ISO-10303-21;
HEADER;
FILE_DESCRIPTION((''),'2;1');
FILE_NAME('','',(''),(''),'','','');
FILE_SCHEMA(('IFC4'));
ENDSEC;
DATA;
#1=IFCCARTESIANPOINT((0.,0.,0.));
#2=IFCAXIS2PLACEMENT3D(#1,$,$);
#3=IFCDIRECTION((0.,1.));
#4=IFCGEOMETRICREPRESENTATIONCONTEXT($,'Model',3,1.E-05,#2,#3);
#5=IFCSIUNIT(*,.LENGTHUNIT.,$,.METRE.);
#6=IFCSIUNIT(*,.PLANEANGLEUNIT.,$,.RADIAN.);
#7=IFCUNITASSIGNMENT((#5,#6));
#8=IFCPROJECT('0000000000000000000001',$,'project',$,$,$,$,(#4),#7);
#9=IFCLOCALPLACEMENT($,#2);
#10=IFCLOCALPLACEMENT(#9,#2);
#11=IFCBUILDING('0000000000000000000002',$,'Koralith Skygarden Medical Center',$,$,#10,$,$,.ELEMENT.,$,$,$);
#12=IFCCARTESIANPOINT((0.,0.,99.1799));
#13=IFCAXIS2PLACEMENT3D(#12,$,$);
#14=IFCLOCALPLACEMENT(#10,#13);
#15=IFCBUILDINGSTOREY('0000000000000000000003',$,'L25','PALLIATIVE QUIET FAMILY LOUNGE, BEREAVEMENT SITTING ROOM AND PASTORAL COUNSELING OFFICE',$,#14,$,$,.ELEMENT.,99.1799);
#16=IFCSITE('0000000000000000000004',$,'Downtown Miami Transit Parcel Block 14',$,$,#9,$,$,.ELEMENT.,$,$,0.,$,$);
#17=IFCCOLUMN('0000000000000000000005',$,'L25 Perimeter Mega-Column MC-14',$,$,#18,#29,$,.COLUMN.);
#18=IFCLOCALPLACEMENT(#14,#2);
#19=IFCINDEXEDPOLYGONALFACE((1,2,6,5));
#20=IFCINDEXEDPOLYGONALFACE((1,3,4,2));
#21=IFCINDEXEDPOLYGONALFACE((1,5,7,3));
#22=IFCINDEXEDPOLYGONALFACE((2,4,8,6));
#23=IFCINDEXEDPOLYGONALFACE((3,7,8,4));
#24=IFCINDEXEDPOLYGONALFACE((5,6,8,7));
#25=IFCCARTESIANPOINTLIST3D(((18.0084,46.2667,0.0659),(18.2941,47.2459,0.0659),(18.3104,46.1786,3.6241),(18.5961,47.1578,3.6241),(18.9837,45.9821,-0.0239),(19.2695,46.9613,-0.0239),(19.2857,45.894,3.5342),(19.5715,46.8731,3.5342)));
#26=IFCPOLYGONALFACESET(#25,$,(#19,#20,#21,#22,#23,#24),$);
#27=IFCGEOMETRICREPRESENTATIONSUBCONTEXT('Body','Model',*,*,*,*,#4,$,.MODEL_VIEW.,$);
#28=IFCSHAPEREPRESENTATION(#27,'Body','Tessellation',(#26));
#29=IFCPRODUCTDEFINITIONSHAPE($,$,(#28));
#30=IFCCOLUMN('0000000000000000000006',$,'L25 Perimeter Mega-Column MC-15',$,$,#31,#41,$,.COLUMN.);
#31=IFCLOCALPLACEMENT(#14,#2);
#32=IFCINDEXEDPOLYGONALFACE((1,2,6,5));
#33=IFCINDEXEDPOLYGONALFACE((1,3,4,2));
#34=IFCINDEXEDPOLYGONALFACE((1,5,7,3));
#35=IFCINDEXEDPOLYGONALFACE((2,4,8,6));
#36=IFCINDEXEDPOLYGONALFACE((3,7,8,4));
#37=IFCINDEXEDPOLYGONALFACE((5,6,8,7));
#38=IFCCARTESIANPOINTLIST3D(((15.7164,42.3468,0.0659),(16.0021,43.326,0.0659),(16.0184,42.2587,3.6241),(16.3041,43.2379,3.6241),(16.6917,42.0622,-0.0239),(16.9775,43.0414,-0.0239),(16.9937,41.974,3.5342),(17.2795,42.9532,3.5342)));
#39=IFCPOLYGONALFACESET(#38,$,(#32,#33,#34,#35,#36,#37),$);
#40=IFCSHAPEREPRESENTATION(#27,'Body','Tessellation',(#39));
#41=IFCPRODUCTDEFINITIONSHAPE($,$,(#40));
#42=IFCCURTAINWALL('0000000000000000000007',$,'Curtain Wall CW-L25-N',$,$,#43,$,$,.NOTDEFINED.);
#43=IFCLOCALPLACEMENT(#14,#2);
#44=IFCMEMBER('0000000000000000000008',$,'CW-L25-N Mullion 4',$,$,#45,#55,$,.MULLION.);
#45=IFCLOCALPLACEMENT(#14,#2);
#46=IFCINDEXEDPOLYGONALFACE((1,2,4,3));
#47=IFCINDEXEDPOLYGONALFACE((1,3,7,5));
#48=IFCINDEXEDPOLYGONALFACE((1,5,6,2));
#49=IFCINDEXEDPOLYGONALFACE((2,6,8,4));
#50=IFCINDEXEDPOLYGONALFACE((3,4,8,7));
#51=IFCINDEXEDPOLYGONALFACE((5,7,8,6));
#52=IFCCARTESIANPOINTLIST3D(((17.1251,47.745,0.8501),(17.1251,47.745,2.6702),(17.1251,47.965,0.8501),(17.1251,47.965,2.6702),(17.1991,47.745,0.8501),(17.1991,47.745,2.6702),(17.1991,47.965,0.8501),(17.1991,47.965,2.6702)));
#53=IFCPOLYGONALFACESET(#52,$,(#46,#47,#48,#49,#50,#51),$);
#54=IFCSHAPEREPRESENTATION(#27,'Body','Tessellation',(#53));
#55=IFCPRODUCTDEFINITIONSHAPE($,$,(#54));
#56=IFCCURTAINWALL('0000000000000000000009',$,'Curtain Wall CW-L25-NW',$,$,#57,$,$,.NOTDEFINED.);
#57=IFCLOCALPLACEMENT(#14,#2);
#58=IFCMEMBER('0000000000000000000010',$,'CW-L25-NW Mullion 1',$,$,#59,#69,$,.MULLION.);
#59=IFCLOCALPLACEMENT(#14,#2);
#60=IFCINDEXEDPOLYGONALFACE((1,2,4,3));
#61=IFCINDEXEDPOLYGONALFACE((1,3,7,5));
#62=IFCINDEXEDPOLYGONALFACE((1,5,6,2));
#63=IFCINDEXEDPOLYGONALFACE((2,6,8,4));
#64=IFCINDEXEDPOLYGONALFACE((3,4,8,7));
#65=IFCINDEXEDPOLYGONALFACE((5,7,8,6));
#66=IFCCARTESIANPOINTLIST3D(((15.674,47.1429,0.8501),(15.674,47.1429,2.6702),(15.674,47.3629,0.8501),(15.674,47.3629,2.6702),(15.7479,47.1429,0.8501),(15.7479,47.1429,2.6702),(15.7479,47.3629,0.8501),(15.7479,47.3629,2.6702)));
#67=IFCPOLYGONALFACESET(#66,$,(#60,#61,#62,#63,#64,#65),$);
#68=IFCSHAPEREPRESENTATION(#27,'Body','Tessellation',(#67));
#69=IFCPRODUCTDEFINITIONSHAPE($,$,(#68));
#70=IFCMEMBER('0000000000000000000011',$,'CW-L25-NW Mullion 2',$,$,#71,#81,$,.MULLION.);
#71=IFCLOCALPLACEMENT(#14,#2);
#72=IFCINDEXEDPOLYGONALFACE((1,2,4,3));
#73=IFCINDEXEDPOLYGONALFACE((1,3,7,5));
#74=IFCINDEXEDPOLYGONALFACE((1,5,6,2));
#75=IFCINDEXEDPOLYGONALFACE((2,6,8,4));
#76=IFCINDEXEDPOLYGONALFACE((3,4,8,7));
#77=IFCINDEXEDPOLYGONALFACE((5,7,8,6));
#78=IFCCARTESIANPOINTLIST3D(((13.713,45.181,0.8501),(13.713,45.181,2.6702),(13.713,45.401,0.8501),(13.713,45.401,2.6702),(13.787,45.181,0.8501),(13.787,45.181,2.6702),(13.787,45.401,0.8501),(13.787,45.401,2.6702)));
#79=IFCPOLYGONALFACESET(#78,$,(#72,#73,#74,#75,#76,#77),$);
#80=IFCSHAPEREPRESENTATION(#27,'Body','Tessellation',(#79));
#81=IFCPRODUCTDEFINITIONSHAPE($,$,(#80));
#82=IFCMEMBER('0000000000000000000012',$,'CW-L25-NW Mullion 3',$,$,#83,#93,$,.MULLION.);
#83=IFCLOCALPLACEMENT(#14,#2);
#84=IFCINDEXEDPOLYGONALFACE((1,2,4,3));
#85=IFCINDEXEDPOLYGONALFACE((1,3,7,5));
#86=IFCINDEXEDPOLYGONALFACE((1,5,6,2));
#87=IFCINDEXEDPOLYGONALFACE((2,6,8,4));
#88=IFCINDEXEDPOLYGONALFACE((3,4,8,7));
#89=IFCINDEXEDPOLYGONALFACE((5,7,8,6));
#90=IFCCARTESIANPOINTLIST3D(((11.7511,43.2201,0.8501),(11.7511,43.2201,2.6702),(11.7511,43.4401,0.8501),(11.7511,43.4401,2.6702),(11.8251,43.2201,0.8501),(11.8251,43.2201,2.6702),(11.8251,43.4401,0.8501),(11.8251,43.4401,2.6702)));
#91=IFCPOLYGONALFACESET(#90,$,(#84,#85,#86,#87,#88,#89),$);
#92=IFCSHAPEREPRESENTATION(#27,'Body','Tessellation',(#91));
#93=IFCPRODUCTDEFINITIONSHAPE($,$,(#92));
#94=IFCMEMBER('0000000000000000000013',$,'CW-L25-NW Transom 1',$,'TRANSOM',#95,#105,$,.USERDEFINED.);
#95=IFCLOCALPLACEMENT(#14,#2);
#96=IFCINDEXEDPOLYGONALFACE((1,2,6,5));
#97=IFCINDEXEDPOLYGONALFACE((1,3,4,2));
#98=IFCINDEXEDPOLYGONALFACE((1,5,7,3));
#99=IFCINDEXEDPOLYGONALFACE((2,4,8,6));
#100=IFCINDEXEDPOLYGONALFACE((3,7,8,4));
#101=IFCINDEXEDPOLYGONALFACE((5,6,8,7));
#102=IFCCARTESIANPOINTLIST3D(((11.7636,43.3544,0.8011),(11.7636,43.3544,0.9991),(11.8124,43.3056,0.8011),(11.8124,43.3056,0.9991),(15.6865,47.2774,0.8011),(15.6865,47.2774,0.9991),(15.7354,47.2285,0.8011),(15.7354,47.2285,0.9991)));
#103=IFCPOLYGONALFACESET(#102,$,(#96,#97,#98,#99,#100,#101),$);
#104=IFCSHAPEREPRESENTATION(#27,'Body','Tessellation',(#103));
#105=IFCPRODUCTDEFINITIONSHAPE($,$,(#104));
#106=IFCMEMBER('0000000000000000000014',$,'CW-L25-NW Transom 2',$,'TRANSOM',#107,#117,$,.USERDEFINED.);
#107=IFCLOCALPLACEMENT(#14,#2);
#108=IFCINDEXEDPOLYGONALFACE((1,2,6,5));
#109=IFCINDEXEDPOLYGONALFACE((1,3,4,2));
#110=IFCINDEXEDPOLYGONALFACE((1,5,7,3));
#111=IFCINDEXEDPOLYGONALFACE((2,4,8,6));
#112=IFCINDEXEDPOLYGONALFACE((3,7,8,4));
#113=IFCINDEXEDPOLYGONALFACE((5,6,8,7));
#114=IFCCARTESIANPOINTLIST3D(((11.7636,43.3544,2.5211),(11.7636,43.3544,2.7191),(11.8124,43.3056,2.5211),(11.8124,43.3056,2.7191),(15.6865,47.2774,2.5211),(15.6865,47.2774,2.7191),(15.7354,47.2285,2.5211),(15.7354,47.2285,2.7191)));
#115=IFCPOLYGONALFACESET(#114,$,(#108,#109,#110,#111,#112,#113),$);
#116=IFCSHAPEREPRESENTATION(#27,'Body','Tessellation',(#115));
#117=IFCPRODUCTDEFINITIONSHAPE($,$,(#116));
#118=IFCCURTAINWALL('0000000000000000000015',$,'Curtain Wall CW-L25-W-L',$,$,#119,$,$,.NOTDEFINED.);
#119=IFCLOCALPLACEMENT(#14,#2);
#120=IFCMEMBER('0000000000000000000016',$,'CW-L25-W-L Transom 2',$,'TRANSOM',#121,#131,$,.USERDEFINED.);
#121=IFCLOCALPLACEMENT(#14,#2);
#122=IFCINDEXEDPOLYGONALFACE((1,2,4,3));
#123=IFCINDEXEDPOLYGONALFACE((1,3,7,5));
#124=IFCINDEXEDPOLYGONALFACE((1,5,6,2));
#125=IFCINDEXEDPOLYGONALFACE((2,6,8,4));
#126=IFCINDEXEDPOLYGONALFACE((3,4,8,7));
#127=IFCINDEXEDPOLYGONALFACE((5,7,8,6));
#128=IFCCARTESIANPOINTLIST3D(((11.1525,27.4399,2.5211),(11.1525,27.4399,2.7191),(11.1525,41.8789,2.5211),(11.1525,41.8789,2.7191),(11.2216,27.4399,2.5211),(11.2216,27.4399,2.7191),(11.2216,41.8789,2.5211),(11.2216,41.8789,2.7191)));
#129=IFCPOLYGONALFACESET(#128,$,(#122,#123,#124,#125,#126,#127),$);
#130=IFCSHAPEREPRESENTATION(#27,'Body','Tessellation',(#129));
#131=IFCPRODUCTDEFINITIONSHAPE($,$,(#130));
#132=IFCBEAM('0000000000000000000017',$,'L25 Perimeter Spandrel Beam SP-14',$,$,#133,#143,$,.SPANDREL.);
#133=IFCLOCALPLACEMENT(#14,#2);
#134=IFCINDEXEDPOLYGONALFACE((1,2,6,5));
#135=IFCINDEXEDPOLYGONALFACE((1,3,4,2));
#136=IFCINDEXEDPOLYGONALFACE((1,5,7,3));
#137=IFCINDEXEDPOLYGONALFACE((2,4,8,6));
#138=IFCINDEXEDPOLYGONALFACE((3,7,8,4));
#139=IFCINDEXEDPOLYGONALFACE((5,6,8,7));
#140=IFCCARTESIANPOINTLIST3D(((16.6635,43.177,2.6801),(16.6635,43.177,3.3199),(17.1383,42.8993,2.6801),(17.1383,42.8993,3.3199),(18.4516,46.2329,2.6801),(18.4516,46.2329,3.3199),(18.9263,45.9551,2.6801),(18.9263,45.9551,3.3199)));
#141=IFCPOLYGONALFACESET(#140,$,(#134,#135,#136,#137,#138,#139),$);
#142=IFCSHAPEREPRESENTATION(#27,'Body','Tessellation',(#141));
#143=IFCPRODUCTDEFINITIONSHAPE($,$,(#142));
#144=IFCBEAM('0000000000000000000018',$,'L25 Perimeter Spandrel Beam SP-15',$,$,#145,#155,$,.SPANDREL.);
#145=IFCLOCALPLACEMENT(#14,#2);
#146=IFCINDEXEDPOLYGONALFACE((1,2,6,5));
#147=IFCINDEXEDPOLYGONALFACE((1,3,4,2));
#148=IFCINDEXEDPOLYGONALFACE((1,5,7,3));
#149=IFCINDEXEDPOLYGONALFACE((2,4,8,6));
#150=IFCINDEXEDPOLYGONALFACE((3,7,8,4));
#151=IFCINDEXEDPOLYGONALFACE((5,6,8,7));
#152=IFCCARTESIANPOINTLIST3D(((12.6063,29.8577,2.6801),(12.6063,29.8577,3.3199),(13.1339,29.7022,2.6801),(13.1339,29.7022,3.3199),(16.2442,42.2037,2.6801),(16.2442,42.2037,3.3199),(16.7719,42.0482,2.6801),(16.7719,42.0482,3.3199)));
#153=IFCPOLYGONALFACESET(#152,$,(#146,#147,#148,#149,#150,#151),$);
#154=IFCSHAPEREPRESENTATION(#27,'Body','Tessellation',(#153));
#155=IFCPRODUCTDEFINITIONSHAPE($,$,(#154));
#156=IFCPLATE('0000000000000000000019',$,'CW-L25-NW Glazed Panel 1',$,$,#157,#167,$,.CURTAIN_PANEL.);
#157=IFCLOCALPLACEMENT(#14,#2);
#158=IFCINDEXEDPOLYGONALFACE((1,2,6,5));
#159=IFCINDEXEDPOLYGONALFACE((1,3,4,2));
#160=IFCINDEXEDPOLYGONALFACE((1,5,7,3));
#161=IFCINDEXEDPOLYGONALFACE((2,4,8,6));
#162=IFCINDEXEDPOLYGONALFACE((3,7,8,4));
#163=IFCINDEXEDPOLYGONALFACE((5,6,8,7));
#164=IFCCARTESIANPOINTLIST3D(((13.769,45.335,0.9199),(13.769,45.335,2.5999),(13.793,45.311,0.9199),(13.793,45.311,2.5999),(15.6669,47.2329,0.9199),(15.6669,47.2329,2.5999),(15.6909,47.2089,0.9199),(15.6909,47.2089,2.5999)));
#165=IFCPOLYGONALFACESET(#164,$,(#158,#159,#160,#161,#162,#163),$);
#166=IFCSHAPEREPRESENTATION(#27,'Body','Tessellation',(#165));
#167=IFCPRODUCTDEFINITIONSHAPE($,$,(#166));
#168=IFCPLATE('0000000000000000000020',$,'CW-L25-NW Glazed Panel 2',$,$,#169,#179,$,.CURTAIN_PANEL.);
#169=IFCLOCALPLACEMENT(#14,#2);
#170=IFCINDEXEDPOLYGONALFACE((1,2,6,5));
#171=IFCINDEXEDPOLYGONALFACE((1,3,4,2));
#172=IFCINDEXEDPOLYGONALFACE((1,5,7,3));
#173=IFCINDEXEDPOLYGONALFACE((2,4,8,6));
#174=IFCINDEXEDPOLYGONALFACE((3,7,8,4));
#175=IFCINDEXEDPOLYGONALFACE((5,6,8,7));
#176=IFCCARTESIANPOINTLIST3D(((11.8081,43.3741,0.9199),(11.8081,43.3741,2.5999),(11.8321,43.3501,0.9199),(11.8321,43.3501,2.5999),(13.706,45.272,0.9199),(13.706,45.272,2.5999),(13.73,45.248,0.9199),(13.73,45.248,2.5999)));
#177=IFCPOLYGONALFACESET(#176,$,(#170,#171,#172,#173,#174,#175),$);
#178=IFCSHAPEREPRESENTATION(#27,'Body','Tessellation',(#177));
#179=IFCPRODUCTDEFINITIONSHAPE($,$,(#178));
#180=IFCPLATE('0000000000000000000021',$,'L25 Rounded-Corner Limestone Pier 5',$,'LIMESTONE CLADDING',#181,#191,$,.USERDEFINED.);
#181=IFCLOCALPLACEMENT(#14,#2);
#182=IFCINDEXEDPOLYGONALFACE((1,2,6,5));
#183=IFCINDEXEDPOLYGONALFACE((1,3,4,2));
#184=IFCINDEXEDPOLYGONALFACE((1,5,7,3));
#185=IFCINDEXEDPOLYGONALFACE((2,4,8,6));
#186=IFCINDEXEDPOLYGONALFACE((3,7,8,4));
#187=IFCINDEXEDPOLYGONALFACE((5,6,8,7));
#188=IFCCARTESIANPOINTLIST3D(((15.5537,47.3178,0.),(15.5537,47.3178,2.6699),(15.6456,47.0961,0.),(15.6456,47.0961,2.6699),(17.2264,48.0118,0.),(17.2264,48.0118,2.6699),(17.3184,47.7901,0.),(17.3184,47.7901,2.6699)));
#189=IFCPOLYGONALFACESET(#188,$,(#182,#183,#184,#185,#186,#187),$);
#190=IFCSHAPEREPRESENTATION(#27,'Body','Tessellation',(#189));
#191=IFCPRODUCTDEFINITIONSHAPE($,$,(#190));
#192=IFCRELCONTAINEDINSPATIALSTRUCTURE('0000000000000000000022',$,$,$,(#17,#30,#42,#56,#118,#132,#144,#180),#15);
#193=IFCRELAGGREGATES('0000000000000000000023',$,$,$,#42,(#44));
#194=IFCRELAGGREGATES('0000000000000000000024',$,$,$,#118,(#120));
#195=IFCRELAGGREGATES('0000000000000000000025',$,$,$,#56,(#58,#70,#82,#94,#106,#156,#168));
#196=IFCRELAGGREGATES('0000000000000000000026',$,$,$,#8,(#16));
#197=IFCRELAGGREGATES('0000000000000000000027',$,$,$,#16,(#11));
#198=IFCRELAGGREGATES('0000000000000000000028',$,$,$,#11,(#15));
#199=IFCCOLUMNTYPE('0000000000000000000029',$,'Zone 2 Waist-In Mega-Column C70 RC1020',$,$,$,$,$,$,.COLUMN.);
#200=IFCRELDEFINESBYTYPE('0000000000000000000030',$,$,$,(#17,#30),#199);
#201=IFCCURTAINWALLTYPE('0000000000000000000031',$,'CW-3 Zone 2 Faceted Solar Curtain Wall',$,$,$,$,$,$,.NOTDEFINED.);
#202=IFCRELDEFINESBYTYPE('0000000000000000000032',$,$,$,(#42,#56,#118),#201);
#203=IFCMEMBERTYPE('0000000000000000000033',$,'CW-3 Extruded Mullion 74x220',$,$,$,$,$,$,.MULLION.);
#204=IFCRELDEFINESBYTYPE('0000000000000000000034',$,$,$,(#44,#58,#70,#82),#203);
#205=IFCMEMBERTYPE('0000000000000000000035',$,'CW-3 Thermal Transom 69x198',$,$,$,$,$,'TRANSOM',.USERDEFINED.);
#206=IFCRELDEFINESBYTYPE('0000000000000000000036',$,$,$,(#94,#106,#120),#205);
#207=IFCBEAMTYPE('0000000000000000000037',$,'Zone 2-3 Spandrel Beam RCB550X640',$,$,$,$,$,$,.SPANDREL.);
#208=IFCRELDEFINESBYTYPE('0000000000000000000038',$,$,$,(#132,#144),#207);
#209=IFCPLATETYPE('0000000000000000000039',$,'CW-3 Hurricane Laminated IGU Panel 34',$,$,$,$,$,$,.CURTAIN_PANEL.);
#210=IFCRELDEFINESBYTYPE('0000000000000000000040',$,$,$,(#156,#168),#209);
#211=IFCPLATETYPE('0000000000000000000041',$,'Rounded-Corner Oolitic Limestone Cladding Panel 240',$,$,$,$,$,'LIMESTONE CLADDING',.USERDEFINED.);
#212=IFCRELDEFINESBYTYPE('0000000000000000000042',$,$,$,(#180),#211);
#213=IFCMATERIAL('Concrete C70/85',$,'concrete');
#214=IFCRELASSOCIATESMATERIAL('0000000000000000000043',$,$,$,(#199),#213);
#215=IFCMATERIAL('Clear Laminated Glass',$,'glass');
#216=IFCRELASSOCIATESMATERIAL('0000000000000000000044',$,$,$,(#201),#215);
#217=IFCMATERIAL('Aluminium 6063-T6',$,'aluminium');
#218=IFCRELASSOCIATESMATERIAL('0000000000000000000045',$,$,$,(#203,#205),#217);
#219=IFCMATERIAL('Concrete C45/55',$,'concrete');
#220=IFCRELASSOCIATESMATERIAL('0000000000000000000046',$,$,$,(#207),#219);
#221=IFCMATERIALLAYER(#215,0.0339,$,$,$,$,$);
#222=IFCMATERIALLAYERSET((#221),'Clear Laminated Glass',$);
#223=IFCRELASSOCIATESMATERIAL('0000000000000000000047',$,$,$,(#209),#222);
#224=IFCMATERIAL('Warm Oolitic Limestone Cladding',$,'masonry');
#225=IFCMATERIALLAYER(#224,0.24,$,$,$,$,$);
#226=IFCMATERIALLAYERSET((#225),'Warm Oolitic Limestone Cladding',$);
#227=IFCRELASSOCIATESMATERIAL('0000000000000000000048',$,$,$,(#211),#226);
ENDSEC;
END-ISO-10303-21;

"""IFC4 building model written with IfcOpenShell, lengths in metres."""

from ifc_helpers import new_model, si_unit, direction, frame, origin, origin_2d, place, context, subcontext, project, spatial, rectangle, extrude, material, layer, layer_set, material_profile, profile_set, type_object, element, aggregate, save


model = new_model("IFC4")

# Units and contexts
model_context = context("Model", 3, precision=1e-05, world=origin(), true_north=direction((0.0, 1.0)))
body_context = subcontext(model_context, "Body", "Model", "MODEL_VIEW")
ifc_project = project(units=[si_unit("LENGTHUNIT", "METRE"), si_unit("PLANEANGLEUNIT", "RADIAN")], contexts=[model_context])

# Site, building, storey
site_placement = place(None, origin())
site = spatial("IfcSite", under=ifc_project, at=site_placement, Name="Downtown Miami Transit Parcel Block 14", CompositionType="ELEMENT", RefElevation=0.0)
building_placement = place(site_placement, origin())
building = spatial("IfcBuilding", under=site, at=building_placement, Name="Koralith Skygarden Medical Center", CompositionType="ELEMENT")
storey_placement = place(building_placement, frame((0.0, 0.0, 99.1799)))
storey = spatial("IfcBuildingStorey", under=building, at=storey_placement, Name="L25", Description="PALLIATIVE QUIET FAMILY LOUNGE, BEREAVEMENT SITTING ROOM AND PASTORAL COUNSELING OFFICE", CompositionType="ELEMENT", Elevation=99.1799)

# Columns
ifc_material_1 = material(Name="Concrete C70/85", Category="concrete")
ifc_material_profile_1 = material_profile(ifc_material_1, rectangle(XDim=1.02, YDim=1.02, at=origin_2d()), Name="RC1020X1020")
ifc_profile_set_1 = profile_set([ifc_material_profile_1], Name="Concrete C70/85")
column_type = type_object("IfcColumnType", Name="Zone 2 Waist-In Mega-Column C70 RC1020", PredefinedType="COLUMN", material=ifc_profile_set_1)
for number, where, z_axis, x_axis, name in (
    (1, (18.6389, 46.614, 0.021), (0.084547, -0.024674, 0.996114), (0.280149, 0.959957, 0.0), "L25 Perimeter Mega-Column MC-14"),
    (2, (16.3469, 42.6941, 0.021), (0.084547, -0.024674, 0.996114), (0.280149, 0.959957, 0.0), "L25 Perimeter Mega-Column MC-15"),
):
    element("IfcColumn", number, at=place(storey_placement, frame(where, z_axis=z_axis, x_axis=x_axis)), inside=storey, type_object=column_type, Name=name, PredefinedType="COLUMN", context=body_context, shape_type="SweptSolid", body=[
        extrude(rectangle(XDim=1.02, YDim=1.02, at=origin_2d()), origin(), (0.0, 0.0, 1.0), 3.572),
    ])

# Curtain wall, member
ifc_material_2 = material(Name="Clear Laminated Glass", Category="glass")
curtain_wall_type = type_object("IfcCurtainWallType", Name="CW-3 Zone 2 Faceted Solar Curtain Wall", PredefinedType="NOTDEFINED", material=ifc_material_2)
curtain_wall_1_placement = place(storey_placement, origin())
curtain_wall_1 = element("IfcCurtainWall", 3, at=curtain_wall_1_placement, inside=storey, type_object=curtain_wall_type, Name="Curtain Wall CW-L25-N", PredefinedType="NOTDEFINED")
ifc_material_3 = material(Name="Aluminium 6063-T6", Category="aluminium")
ifc_material_profile_2 = material_profile(ifc_material_3, rectangle(XDim=0.074, YDim=0.22, at=origin_2d()), Name="MUL74X220")
ifc_profile_set_2 = profile_set([ifc_material_profile_2], Name="Aluminium 6063-T6")
member_type_1 = type_object("IfcMemberType", Name="CW-3 Extruded Mullion 74x220", PredefinedType="MULLION", material=ifc_profile_set_2)
member_1_placement = place(storey_placement, frame((17.1621, 47.855, 0.8501), z_axis=(0.0, 0.0, 1.0), x_axis=(1.0, 0.0, 0.0)))
member_1 = element("IfcMember", 4, at=member_1_placement, type_object=member_type_1, Name="CW-L25-N Mullion 4", PredefinedType="MULLION", context=body_context, shape_type="SweptSolid", body=[
    extrude(rectangle(XDim=0.074, YDim=0.22, at=origin_2d()), origin(), (0.0, 0.0, 1.0), 1.8201),
])
aggregate(curtain_wall_1, [member_1])

# Curtain wall, members
curtain_wall_2_placement = place(storey_placement, origin())
curtain_wall_2 = element("IfcCurtainWall", 5, at=curtain_wall_2_placement, inside=storey, type_object=curtain_wall_type, Name="Curtain Wall CW-L25-NW", PredefinedType="NOTDEFINED")
member_2_placement = place(storey_placement, frame((15.7109, 47.2529, 0.8501), z_axis=(0.0, 0.0, 1.0), x_axis=(1.0, 0.0, 0.0)))
member_2 = element("IfcMember", 6, at=member_2_placement, type_object=member_type_1, Name="CW-L25-NW Mullion 1", PredefinedType="MULLION", context=body_context, shape_type="SweptSolid", body=[
    extrude(rectangle(XDim=0.074, YDim=0.22, at=origin_2d()), origin(), (0.0, 0.0, 1.0), 1.8201),
])
member_3_placement = place(storey_placement, frame((13.75, 45.291, 0.8501), z_axis=(0.0, 0.0, 1.0), x_axis=(1.0, 0.0, 0.0)))
member_3 = element("IfcMember", 7, at=member_3_placement, type_object=member_type_1, Name="CW-L25-NW Mullion 2", PredefinedType="MULLION", context=body_context, shape_type="SweptSolid", body=[
    extrude(rectangle(XDim=0.074, YDim=0.22, at=origin_2d()), origin(), (0.0, 0.0, 1.0), 1.8201),
])
member_4_placement = place(storey_placement, frame((11.7881, 43.3301, 0.8501), z_axis=(0.0, 0.0, 1.0), x_axis=(1.0, 0.0, 0.0)))
member_4 = element("IfcMember", 8, at=member_4_placement, type_object=member_type_1, Name="CW-L25-NW Mullion 3", PredefinedType="MULLION", context=body_context, shape_type="SweptSolid", body=[
    extrude(rectangle(XDim=0.074, YDim=0.22, at=origin_2d()), origin(), (0.0, 0.0, 1.0), 1.8201),
])
ifc_material_profile_3 = material_profile(ifc_material_3, rectangle(XDim=0.0691, YDim=0.198, at=origin_2d()), Name="TRN69X198")
ifc_profile_set_3 = profile_set([ifc_material_profile_3], Name="Aluminium 6063-T6")
member_type_2 = type_object("IfcMemberType", Name="CW-3 Thermal Transom 69x198", ElementType="TRANSOM", PredefinedType="USERDEFINED", material=ifc_profile_set_3)
member_5_placement = place(storey_placement, frame((15.7109, 47.2529, 0.9001), z_axis=(-0.707107, -0.707107, 0.0), x_axis=(0.707107, -0.707107, 0.0)))
member_5 = element("IfcMember", 9, at=member_5_placement, type_object=member_type_2, Name="CW-L25-NW Transom 1", ObjectType="TRANSOM", PredefinedType="USERDEFINED", context=body_context, shape_type="SweptSolid", body=[
    extrude(rectangle(XDim=0.0691, YDim=0.198, at=origin_2d()), origin(), (0.0, 0.0, 1.0), 5.5479),
])
member_6_placement = place(storey_placement, frame((15.7109, 47.2529, 2.6201), z_axis=(-0.707107, -0.707107, 0.0), x_axis=(0.707107, -0.707107, 0.0)))
member_6 = element("IfcMember", 10, at=member_6_placement, type_object=member_type_2, Name="CW-L25-NW Transom 2", ObjectType="TRANSOM", PredefinedType="USERDEFINED", context=body_context, shape_type="SweptSolid", body=[
    extrude(rectangle(XDim=0.0691, YDim=0.198, at=origin_2d()), origin(), (0.0, 0.0, 1.0), 5.5479),
])

# Curtain wall, member
curtain_wall_3_placement = place(storey_placement, origin())
curtain_wall_3 = element("IfcCurtainWall", 11, at=curtain_wall_3_placement, inside=storey, type_object=curtain_wall_type, Name="Curtain Wall CW-L25-W-L", PredefinedType="NOTDEFINED")
member_7_placement = place(storey_placement, frame((11.187, 41.8789, 2.6201), z_axis=(0.0, -1.0, 0.0), x_axis=(1.0, 0.0, 0.0)))
member_7 = element("IfcMember", 12, at=member_7_placement, type_object=member_type_2, Name="CW-L25-W-L Transom 2", ObjectType="TRANSOM", PredefinedType="USERDEFINED", context=body_context, shape_type="SweptSolid", body=[
    extrude(rectangle(XDim=0.0691, YDim=0.198, at=origin_2d()), origin(), (0.0, 0.0, 1.0), 14.439),
])
aggregate(curtain_wall_3, [member_7])

# Beams
ifc_material_4 = material(Name="Concrete C45/55", Category="concrete")
ifc_material_profile_4 = material_profile(ifc_material_4, rectangle(XDim=0.55, YDim=0.6399, at=origin_2d()), Name="RCB550X640")
ifc_profile_set_4 = profile_set([ifc_material_profile_4], Name="Concrete C45/55")
beam_type = type_object("IfcBeamType", Name="Zone 2-3 Spandrel Beam RCB550X640", PredefinedType="SPANDREL", material=ifc_profile_set_4)
beam_1_placement = place(storey_placement, frame((18.689, 46.094, 3.0), z_axis=(-0.505024, -0.863105, 0.0), x_axis=(0.863105, -0.505024, 0.0)))
element("IfcBeam", 13, at=beam_1_placement, inside=storey, type_object=beam_type, Name="L25 Perimeter Spandrel Beam SP-14", PredefinedType="SPANDREL", context=body_context, shape_type="SweptSolid", body=[
    extrude(rectangle(XDim=0.55, YDim=0.6399, at=origin_2d()), origin(), (0.0, 0.0, 1.0), 3.5405),
])
beam_2_placement = place(storey_placement, frame((16.5081, 42.126, 3.0), z_axis=(-0.282651, -0.959223, 0.0), x_axis=(0.959223, -0.282651, 0.0)))
element("IfcBeam", 14, at=beam_2_placement, inside=storey, type_object=beam_type, Name="L25 Perimeter Spandrel Beam SP-15", PredefinedType="SPANDREL", context=body_context, shape_type="SweptSolid", body=[
    extrude(rectangle(XDim=0.55, YDim=0.6399, at=origin_2d()), origin(), (0.0, 0.0, 1.0), 12.8708),
])

# Plates
ifc_layer_1 = layer(ifc_material_2, 0.0339)
ifc_layer_set_1 = layer_set([ifc_layer_1], Name="Clear Laminated Glass")
plate_type_1 = type_object("IfcPlateType", Name="CW-3 Hurricane Laminated IGU Panel 34", PredefinedType="CURTAIN_PANEL", material=ifc_layer_set_1)
plate_1_placement = place(storey_placement, frame((14.73, 46.272, 0.9199), z_axis=(0.0, 0.0, 1.0), x_axis=(-0.707107, -0.707107, 0.0)))
plate_1 = element("IfcPlate", 15, at=plate_1_placement, type_object=plate_type_1, Name="CW-L25-NW Glazed Panel 1", PredefinedType="CURTAIN_PANEL", context=body_context, shape_type="SweptSolid", body=[
    extrude(rectangle(XDim=2.6841, YDim=0.0339, at=origin_2d()), origin(), (0.0, 0.0, 1.0), 1.6799),
])
plate_2_placement = place(storey_placement, frame((12.769, 44.311, 0.9199), z_axis=(0.0, 0.0, 1.0), x_axis=(-0.707107, -0.707107, 0.0)))
plate_2 = element("IfcPlate", 16, at=plate_2_placement, type_object=plate_type_1, Name="CW-L25-NW Glazed Panel 2", PredefinedType="CURTAIN_PANEL", context=body_context, shape_type="SweptSolid", body=[
    extrude(rectangle(XDim=2.6841, YDim=0.0339, at=origin_2d()), origin(), (0.0, 0.0, 1.0), 1.6799),
])
aggregate(curtain_wall_2, [member_2, member_3, member_4, member_5, member_6, plate_1, plate_2])

# Plate
ifc_material_5 = material(Name="Warm Oolitic Limestone Cladding", Category="masonry")
ifc_layer_2 = layer(ifc_material_5, 0.24)
ifc_layer_set_2 = layer_set([ifc_layer_2], Name="Warm Oolitic Limestone Cladding")
plate_type_2 = type_object("IfcPlateType", Name="Rounded-Corner Oolitic Limestone Cladding Panel 240", ElementType="LIMESTONE CLADDING", PredefinedType="USERDEFINED", material=ifc_layer_set_2)
for number, where, z_axis, x_axis, name in (
    (17, (16.436, 47.554, 0.0), (0.0, 0.0, 1.0), (-0.92366, -0.383214, 0.0), "L25 Rounded-Corner Limestone Pier 5"),
):
    element("IfcPlate", number, at=place(storey_placement, frame(where, z_axis=z_axis, x_axis=x_axis)), inside=storey, type_object=plate_type_2, Name=name, ObjectType="LIMESTONE CLADDING", PredefinedType="USERDEFINED", context=body_context, shape_type="SweptSolid", body=[
        extrude(rectangle(XDim=1.811, YDim=0.24, at=origin_2d()), origin(), (0.0, 0.0, 1.0), 2.6699),
    ])

save(model, "model.ifc")
